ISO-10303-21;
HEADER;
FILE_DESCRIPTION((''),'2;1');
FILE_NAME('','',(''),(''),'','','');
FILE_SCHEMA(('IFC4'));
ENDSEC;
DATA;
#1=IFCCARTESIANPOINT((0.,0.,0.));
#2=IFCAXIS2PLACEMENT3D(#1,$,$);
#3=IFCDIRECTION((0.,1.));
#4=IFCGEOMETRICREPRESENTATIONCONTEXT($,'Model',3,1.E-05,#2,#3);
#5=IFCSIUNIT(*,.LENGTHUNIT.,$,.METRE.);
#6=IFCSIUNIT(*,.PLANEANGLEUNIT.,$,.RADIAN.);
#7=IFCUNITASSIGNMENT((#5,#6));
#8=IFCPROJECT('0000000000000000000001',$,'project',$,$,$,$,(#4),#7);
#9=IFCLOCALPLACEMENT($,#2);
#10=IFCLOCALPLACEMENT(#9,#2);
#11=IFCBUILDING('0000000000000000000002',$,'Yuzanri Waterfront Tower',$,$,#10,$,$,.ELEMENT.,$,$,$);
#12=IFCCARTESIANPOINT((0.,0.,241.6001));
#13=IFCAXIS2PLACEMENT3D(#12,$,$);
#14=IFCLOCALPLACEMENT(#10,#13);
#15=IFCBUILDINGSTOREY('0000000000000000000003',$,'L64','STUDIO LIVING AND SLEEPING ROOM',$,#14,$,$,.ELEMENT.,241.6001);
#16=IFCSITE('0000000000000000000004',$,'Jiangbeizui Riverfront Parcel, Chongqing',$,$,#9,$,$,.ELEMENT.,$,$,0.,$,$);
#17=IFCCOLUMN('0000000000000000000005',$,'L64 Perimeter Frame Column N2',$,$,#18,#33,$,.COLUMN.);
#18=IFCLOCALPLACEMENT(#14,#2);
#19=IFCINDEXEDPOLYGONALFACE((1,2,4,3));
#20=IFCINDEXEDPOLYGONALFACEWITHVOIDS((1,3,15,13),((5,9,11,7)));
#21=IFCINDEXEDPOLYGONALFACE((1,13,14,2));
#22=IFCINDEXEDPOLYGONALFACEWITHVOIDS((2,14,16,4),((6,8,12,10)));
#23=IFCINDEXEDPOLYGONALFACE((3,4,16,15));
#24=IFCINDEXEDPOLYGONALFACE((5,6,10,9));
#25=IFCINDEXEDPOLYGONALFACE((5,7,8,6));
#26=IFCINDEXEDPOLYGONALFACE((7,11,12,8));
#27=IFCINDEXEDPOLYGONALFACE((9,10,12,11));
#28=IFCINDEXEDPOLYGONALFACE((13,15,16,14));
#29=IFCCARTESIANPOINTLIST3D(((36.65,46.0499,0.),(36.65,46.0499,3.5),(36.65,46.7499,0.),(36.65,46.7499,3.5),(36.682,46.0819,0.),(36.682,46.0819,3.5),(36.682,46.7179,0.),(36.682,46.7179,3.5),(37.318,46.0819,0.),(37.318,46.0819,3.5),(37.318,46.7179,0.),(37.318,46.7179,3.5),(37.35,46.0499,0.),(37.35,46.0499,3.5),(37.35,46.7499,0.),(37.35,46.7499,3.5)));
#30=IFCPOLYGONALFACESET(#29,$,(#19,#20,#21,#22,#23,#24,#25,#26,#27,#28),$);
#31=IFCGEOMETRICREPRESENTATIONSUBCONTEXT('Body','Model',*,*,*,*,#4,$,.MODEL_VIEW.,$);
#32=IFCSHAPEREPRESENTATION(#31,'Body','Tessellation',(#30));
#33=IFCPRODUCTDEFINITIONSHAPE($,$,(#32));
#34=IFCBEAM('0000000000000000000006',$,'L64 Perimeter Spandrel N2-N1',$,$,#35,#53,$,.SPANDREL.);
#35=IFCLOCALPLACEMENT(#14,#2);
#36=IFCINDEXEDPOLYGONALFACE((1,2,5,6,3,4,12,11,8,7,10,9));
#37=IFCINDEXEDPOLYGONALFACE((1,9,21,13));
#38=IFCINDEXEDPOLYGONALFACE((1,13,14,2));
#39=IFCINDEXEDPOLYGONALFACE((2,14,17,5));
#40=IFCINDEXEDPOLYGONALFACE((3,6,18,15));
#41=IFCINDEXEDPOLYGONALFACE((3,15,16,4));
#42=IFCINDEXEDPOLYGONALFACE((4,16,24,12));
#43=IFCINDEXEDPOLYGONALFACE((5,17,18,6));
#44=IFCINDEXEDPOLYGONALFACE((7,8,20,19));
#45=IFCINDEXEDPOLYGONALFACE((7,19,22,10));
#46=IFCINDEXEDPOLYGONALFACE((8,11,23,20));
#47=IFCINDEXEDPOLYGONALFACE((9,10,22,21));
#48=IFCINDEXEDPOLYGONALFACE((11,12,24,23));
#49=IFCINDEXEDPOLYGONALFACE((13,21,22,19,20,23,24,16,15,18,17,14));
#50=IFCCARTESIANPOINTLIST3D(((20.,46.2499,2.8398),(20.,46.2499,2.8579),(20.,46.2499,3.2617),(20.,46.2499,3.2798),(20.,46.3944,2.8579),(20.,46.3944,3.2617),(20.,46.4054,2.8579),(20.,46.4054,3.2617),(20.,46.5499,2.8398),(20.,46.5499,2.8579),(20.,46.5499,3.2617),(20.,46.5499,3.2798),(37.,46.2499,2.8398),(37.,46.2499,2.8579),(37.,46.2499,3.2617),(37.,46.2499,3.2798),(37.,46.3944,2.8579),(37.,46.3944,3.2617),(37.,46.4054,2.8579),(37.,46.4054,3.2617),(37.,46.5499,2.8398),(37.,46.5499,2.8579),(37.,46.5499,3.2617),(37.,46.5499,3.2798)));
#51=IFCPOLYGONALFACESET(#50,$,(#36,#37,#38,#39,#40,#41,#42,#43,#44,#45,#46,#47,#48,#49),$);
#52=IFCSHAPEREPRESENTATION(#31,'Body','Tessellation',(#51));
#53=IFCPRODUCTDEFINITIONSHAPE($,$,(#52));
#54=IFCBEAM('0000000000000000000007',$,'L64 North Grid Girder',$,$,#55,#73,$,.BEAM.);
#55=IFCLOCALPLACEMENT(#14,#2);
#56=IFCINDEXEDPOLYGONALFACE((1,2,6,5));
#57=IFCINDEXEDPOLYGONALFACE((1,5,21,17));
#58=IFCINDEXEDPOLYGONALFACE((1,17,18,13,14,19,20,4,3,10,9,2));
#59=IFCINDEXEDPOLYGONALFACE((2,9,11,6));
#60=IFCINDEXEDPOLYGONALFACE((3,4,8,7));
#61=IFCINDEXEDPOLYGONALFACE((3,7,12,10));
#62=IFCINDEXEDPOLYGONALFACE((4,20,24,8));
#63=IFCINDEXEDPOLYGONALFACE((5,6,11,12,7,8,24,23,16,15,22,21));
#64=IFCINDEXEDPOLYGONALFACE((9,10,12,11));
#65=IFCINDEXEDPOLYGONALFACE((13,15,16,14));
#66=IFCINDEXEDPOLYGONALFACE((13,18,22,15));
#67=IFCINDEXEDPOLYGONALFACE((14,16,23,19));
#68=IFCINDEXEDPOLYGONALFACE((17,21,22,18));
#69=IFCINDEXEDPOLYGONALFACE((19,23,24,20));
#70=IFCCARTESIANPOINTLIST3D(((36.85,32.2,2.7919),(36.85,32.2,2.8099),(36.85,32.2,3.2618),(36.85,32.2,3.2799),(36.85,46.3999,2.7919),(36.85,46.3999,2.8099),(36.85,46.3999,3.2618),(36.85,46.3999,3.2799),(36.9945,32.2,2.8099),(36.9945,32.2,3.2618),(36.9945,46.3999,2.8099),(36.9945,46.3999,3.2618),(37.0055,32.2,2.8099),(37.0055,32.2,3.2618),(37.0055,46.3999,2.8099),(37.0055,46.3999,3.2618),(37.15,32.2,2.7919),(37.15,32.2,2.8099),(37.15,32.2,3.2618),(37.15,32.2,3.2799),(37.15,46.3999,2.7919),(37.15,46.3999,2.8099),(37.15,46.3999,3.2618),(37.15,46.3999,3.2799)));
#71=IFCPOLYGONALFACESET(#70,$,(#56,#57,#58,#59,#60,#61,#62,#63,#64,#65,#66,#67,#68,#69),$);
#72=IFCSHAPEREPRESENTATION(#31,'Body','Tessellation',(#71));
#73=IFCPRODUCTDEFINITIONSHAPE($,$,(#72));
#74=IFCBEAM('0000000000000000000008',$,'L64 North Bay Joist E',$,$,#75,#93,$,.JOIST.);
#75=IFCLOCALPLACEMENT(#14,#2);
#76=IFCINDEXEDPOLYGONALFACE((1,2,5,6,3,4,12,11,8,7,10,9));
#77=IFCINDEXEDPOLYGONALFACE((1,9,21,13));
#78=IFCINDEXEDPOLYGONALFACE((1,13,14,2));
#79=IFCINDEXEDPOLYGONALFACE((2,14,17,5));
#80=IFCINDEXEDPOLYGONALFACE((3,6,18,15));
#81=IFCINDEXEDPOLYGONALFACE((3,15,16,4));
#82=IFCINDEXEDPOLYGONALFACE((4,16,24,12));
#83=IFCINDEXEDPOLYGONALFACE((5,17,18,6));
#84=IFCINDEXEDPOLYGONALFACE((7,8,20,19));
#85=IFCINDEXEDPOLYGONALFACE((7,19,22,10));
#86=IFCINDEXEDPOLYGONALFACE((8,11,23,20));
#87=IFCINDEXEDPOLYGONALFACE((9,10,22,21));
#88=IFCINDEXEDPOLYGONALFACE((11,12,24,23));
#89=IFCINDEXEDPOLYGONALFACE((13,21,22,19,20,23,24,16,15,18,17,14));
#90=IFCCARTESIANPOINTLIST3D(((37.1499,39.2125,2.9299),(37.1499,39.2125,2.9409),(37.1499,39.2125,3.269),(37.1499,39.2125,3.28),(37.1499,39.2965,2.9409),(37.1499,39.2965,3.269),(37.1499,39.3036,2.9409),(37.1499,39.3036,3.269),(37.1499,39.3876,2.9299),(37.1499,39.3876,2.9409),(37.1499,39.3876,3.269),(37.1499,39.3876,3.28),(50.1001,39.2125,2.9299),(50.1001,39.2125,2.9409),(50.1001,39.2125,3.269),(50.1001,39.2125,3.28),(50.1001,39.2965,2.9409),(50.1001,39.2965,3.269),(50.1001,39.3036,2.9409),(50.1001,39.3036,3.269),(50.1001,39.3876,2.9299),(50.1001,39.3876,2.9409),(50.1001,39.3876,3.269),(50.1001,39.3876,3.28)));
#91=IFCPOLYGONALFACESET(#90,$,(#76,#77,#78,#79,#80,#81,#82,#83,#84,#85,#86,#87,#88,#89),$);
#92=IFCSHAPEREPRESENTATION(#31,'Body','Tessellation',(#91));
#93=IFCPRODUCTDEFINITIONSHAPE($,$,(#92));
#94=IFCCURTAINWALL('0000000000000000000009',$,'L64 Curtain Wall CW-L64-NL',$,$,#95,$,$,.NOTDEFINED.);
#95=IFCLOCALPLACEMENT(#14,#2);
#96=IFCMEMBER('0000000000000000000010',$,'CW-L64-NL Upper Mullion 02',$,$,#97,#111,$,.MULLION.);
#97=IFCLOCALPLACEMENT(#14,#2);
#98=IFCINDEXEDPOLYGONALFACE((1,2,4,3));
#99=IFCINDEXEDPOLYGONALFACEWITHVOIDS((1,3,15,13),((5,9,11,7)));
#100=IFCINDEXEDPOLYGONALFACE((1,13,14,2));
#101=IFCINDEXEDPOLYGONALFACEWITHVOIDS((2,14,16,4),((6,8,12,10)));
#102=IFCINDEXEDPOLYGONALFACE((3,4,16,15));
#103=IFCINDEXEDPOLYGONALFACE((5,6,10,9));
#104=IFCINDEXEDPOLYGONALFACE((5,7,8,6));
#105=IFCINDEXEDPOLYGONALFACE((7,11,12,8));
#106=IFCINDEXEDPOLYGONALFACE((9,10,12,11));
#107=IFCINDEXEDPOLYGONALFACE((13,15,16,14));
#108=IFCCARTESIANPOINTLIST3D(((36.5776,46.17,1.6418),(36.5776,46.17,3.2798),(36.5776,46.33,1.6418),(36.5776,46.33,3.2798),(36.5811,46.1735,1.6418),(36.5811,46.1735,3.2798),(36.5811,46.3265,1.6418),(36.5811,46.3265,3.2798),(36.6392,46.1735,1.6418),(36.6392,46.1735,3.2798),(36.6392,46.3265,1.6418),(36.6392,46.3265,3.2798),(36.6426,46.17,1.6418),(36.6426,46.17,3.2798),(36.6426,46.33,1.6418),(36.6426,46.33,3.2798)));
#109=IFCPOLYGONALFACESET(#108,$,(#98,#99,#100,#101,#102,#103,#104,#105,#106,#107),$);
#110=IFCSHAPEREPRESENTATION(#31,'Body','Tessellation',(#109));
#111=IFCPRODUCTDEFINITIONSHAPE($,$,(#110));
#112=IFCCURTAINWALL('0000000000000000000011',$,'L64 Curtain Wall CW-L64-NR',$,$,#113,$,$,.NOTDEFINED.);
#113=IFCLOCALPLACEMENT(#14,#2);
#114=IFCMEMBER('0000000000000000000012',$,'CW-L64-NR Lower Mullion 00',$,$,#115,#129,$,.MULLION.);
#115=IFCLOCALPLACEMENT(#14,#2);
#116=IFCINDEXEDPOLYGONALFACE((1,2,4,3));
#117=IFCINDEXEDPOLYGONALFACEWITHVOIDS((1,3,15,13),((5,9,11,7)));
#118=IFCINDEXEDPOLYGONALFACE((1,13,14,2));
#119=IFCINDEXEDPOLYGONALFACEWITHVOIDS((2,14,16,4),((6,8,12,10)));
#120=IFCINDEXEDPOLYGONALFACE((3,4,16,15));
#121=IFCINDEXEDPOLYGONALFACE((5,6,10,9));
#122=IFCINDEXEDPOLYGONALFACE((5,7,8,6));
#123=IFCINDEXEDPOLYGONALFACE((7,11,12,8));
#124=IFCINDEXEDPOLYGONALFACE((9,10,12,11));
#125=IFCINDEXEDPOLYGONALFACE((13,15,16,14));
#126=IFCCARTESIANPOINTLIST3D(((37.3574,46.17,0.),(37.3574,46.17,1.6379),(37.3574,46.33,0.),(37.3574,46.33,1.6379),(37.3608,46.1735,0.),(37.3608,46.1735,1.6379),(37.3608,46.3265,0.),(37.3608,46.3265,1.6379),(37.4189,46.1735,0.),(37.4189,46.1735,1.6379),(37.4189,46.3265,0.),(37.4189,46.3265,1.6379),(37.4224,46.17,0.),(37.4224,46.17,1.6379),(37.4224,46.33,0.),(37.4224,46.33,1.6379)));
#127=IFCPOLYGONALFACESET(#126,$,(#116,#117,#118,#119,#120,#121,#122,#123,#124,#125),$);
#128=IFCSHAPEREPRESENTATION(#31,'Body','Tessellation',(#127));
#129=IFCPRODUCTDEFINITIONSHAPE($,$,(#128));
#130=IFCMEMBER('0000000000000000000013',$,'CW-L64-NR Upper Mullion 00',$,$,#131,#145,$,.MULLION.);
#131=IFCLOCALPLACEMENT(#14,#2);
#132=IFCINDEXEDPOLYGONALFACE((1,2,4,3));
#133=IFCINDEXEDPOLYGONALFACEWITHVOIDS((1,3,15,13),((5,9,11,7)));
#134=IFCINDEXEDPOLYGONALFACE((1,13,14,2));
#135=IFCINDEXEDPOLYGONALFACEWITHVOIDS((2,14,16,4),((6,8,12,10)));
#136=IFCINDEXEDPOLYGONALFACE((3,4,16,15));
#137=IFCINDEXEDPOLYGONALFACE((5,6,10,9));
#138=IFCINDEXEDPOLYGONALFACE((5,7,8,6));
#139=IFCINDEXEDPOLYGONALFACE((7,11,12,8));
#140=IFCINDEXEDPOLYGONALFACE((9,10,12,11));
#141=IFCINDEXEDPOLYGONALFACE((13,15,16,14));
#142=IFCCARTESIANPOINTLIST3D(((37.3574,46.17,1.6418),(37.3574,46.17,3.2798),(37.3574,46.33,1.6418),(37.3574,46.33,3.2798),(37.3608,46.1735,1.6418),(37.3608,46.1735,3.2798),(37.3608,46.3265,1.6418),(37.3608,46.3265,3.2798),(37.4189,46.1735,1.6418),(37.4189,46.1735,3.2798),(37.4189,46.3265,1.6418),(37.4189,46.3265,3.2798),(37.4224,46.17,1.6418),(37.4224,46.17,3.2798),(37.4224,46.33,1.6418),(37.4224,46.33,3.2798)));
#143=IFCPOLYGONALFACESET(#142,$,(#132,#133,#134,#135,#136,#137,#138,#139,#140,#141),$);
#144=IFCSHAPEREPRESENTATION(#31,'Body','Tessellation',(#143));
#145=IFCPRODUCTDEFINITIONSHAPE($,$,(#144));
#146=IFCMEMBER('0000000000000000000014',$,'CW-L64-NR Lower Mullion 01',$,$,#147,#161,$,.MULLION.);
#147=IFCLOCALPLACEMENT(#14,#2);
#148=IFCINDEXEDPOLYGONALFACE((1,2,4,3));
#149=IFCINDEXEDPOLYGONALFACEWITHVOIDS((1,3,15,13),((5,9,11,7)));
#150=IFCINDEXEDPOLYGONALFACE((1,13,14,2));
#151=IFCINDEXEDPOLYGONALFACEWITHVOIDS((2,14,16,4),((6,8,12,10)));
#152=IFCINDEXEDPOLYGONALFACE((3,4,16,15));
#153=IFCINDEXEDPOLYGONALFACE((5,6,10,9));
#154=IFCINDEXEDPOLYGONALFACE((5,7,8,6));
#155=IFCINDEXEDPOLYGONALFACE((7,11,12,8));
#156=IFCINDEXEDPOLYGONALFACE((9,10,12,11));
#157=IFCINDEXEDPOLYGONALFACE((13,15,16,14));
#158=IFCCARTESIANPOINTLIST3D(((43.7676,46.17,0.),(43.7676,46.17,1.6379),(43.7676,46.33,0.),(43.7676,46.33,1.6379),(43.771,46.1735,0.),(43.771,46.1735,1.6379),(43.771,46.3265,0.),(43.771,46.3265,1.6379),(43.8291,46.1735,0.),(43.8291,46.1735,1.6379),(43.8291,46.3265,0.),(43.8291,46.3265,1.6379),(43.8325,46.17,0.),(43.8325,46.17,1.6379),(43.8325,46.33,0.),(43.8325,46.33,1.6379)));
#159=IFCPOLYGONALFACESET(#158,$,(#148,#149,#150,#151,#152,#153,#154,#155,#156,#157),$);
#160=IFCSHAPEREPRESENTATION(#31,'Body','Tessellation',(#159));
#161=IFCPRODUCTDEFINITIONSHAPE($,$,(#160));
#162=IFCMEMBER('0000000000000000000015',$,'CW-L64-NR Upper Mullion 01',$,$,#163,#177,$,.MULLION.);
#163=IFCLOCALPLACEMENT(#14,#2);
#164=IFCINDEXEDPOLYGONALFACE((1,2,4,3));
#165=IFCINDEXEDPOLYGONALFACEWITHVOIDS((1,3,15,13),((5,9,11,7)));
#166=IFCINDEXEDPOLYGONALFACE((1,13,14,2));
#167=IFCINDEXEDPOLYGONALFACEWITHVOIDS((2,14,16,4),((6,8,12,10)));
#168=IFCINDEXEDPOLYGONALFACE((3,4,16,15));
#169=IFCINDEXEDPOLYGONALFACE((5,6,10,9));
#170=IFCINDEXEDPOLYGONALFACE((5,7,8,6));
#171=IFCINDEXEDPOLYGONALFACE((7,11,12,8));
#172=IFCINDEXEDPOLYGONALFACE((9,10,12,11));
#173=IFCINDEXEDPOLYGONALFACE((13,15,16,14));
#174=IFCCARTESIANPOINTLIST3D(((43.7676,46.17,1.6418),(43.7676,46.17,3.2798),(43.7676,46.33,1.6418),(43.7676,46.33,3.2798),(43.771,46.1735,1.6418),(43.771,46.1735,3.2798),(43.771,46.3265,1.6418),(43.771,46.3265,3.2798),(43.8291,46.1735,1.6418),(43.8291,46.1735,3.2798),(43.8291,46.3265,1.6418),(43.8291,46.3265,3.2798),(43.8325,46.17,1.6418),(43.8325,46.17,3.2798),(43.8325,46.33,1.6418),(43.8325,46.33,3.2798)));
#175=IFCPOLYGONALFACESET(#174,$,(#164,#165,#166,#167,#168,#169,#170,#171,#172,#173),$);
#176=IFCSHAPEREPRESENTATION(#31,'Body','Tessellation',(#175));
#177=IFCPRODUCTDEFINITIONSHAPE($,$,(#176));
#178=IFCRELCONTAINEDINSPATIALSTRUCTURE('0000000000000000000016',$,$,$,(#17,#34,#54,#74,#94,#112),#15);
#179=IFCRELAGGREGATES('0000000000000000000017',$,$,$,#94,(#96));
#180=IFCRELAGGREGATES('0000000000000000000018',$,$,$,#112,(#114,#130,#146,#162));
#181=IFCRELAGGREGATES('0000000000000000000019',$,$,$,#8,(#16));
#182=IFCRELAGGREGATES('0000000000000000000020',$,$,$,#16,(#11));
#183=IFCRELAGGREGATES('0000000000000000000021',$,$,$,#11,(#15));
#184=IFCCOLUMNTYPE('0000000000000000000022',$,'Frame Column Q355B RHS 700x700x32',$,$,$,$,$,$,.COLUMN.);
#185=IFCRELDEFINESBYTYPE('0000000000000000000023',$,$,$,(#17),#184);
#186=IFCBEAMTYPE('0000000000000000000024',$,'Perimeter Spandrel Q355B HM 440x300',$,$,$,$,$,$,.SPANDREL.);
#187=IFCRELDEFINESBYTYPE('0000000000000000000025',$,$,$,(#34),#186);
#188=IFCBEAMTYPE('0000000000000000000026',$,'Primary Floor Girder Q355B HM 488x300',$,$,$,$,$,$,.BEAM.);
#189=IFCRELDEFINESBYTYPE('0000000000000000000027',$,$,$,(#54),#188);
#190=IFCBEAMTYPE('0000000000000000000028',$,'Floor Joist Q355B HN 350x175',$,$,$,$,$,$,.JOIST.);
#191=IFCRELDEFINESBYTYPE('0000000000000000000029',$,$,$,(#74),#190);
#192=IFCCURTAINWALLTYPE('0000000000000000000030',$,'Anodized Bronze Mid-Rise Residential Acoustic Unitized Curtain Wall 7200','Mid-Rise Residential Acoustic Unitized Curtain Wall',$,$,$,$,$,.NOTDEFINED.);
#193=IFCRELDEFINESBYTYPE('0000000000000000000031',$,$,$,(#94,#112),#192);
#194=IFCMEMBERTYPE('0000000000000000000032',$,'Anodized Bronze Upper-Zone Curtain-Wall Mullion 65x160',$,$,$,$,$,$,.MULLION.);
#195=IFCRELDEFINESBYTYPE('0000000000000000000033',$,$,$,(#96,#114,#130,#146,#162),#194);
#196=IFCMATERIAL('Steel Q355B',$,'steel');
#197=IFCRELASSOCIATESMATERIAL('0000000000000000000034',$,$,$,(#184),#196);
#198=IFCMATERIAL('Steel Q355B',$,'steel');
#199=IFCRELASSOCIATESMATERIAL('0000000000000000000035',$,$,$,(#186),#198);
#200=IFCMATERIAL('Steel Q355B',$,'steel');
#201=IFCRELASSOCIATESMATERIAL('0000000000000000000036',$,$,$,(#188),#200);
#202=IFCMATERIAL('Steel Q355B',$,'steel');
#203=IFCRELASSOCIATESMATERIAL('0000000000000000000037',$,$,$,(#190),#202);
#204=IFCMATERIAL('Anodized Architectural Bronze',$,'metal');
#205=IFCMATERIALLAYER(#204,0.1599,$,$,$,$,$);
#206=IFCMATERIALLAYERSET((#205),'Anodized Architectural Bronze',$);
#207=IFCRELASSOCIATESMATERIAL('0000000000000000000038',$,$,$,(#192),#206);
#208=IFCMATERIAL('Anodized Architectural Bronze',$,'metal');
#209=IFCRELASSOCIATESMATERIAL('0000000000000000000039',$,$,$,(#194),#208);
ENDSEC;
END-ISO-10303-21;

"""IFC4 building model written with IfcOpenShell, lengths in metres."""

from ifc_helpers import new_model, si_unit, direction, frame, origin, origin_2d, place, context, subcontext, project, spatial, hollow_rectangle, i_section, extrude, source, transform, mapped, material, layer, layer_set, material_profile, profile_set, type_object, element, aggregate, save


model = new_model("IFC4")

# Units and contexts
model_context = context("Model", 3, precision=1e-05, world=origin(), true_north=direction((0.0, 1.0)))
body_context = subcontext(model_context, "Body", "Model", "MODEL_VIEW")
ifc_project = project(units=[si_unit("LENGTHUNIT", "METRE"), si_unit("PLANEANGLEUNIT", "RADIAN")], contexts=[model_context])

# Site, building, storey
site_placement = place(None, origin())
site = spatial("IfcSite", under=ifc_project, at=site_placement, Name="Jiangbeizui Riverfront Parcel, Chongqing", CompositionType="ELEMENT", RefElevation=0.0)
building_placement = place(site_placement, origin())
building = spatial("IfcBuilding", under=site, at=building_placement, Name="Yuzanri Waterfront Tower", CompositionType="ELEMENT")
storey_placement = place(building_placement, frame((0.0, 0.0, 241.6001)))
storey = spatial("IfcBuildingStorey", under=building, at=storey_placement, Name="L64", Description="STUDIO LIVING AND SLEEPING ROOM", CompositionType="ELEMENT", Elevation=241.6001)

# Column
ifc_material_1 = material(Name="Steel Q355B", Category="steel")
ifc_material_profile_1 = material_profile(ifc_material_1, hollow_rectangle(XDim=0.7, YDim=0.7, WallThickness=0.032, at=origin_2d()), Name="RHS 700x700x32")
ifc_profile_set_1 = profile_set([ifc_material_profile_1], Name="Steel Q355B")
column_type = type_object("IfcColumnType", Name="Frame Column Q355B RHS 700x700x32", PredefinedType="COLUMN", material=ifc_profile_set_1)
shared_shape_1 = source(origin(), body_context, "Body", "SweptSolid", [
    extrude(hollow_rectangle(XDim=0.7, YDim=0.7, WallThickness=0.032, at=origin_2d()), origin(), (0.0, 0.0, 1.0), 3.5),
])
column_placement = place(storey_placement, frame((37.0, 46.3999, 0.0), z_axis=(0.0, 0.0, 1.0), x_axis=(1.0, 0.0, 0.0)))
element("IfcColumn", 1, at=column_placement, inside=storey, type_object=column_type, Name="L64 Perimeter Frame Column N2", PredefinedType="COLUMN", context=body_context, shape_type="MappedRepresentation", body=[
    mapped(shared_shape_1, transform((0.0, 0.0, 0.0), scale=1.0)),
])

# Beams
ifc_material_2 = material(Name="Steel Q355B", Category="steel")
ifc_material_profile_2 = material_profile(ifc_material_2, i_section(OverallWidth=0.3, OverallDepth=0.4399, WebThickness=0.011, FlangeThickness=0.0181, at=origin_2d()), Name="HM 440x300x11x18")
ifc_profile_set_2 = profile_set([ifc_material_profile_2], Name="Steel Q355B")
beam_type_1 = type_object("IfcBeamType", Name="Perimeter Spandrel Q355B HM 440x300", PredefinedType="SPANDREL", material=ifc_profile_set_2)
shared_shape_2 = source(origin(), body_context, "Body", "SweptSolid", [
    extrude(i_section(OverallWidth=0.3, OverallDepth=0.4399, WebThickness=0.011, FlangeThickness=0.0181, at=origin_2d()), origin(), (0.0, 0.0, 1.0), 17.0),
])
beam_1_placement = place(storey_placement, frame((37.0, 46.3999, 3.0598), z_axis=(-1.0, 0.0, 0.0), x_axis=(0.0, -1.0, 0.0)))
element("IfcBeam", 2, at=beam_1_placement, inside=storey, type_object=beam_type_1, Name="L64 Perimeter Spandrel N2-N1", PredefinedType="SPANDREL", context=body_context, shape_type="MappedRepresentation", body=[
    mapped(shared_shape_2, transform((0.0, 0.0, 0.0), scale=1.0)),
])
ifc_material_3 = material(Name="Steel Q355B", Category="steel")
ifc_material_profile_3 = material_profile(ifc_material_3, i_section(OverallWidth=0.3, OverallDepth=0.488, WebThickness=0.011, FlangeThickness=0.0181, at=origin_2d()), Name="HM 488x300x11x18")
ifc_profile_set_3 = profile_set([ifc_material_profile_3], Name="Steel Q355B")
beam_type_2 = type_object("IfcBeamType", Name="Primary Floor Girder Q355B HM 488x300", PredefinedType="BEAM", material=ifc_profile_set_3)
shared_shape_3 = source(origin(), body_context, "Body", "SweptSolid", [
    extrude(i_section(OverallWidth=0.3, OverallDepth=0.488, WebThickness=0.011, FlangeThickness=0.0181, at=origin_2d()), origin(), (0.0, 0.0, 1.0), 14.2),
])
beam_2_placement = place(storey_placement, frame((37.0, 32.2, 3.0359), z_axis=(0.0, 1.0, 0.0), x_axis=(-1.0, 0.0, 0.0)))
element("IfcBeam", 3, at=beam_2_placement, inside=storey, type_object=beam_type_2, Name="L64 North Grid Girder", PredefinedType="BEAM", context=body_context, shape_type="MappedRepresentation", body=[
    mapped(shared_shape_3, transform((0.0, 0.0, 0.0), scale=1.0)),
])
ifc_material_4 = material(Name="Steel Q355B", Category="steel")
ifc_material_profile_4 = material_profile(ifc_material_4, i_section(OverallWidth=0.175, OverallDepth=0.3501, WebThickness=0.0071, FlangeThickness=0.011, at=origin_2d()), Name="HN 350x175x7x11")
ifc_profile_set_4 = profile_set([ifc_material_profile_4], Name="Steel Q355B")
beam_type_3 = type_object("IfcBeamType", Name="Floor Joist Q355B HN 350x175", PredefinedType="JOIST", material=ifc_profile_set_4)
shared_shape_4 = source(origin(), body_context, "Body", "SweptSolid", [
    extrude(i_section(OverallWidth=0.175, OverallDepth=0.3501, WebThickness=0.0071, FlangeThickness=0.011, at=origin_2d()), origin(), (0.0, 0.0, 1.0), 12.9502),
])
beam_3_placement = place(storey_placement, frame((37.1499, 39.3, 3.105), z_axis=(1.0, 0.0, 0.0), x_axis=(0.0, 1.0, 0.0)))
element("IfcBeam", 4, at=beam_3_placement, inside=storey, type_object=beam_type_3, Name="L64 North Bay Joist E", PredefinedType="JOIST", context=body_context, shape_type="MappedRepresentation", body=[
    mapped(shared_shape_4, transform((0.0, 0.0, 0.0), scale=1.0)),
])

# Curtain wall, member
ifc_material_5 = material(Name="Anodized Architectural Bronze", Category="metal")
ifc_layer_1 = layer(ifc_material_5, 0.1599)
ifc_layer_set_1 = layer_set([ifc_layer_1], Name="Anodized Architectural Bronze")
curtain_wall_type = type_object("IfcCurtainWallType", Name="Anodized Bronze Mid-Rise Residential Acoustic Unitized Curtain Wall 7200", Description="Mid-Rise Residential Acoustic Unitized Curtain Wall", PredefinedType="NOTDEFINED", material=ifc_layer_set_1)
curtain_wall_1_placement = place(storey_placement, origin())
curtain_wall_1 = element("IfcCurtainWall", 5, at=curtain_wall_1_placement, inside=storey, type_object=curtain_wall_type, Name="L64 Curtain Wall CW-L64-NL", PredefinedType="NOTDEFINED")
ifc_material_6 = material(Name="Anodized Architectural Bronze", Category="metal")
ifc_material_profile_5 = material_profile(ifc_material_6, hollow_rectangle(XDim=0.0649, YDim=0.1599, WallThickness=0.0034, at=origin_2d()), Name="CWM 65x160")
ifc_profile_set_5 = profile_set([ifc_material_profile_5], Name="Anodized Architectural Bronze")
member_type_1 = type_object("IfcMemberType", Name="Anodized Bronze Upper-Zone Curtain-Wall Mullion 65x160", PredefinedType="MULLION", material=ifc_profile_set_5)
shared_shape_5 = source(origin(), body_context, "Body", "SweptSolid", [
    extrude(hollow_rectangle(XDim=0.0649, YDim=0.1599, WallThickness=0.0034, at=origin_2d()), origin(), (0.0, 0.0, 1.0), 1.6379),
])
member_1_placement = place(storey_placement, frame((36.6101, 46.25, 1.6418), z_axis=(0.0, 0.0, 1.0), x_axis=(1.0, 0.0, 0.0)))
member_1 = element("IfcMember", 6, at=member_1_placement, type_object=member_type_1, Name="CW-L64-NL Upper Mullion 02", PredefinedType="MULLION", context=body_context, shape_type="MappedRepresentation", body=[
    mapped(shared_shape_5, transform((0.0, 0.0, 0.0), scale=1.0)),
])
aggregate(curtain_wall_1, [member_1])

# Curtain wall, members
curtain_wall_2_placement = place(storey_placement, origin())
curtain_wall_2 = element("IfcCurtainWall", 7, at=curtain_wall_2_placement, inside=storey, type_object=curtain_wall_type, Name="L64 Curtain Wall CW-L64-NR", PredefinedType="NOTDEFINED")
member_2_placement = place(storey_placement, frame((37.3899, 46.25, 0.0), z_axis=(0.0, 0.0, 1.0), x_axis=(1.0, 0.0, 0.0)))
member_2 = element("IfcMember", 8, at=member_2_placement, type_object=member_type_1, Name="CW-L64-NR Lower Mullion 00", PredefinedType="MULLION", context=body_context, shape_type="MappedRepresentation", body=[
    mapped(shared_shape_5, transform((0.0, 0.0, 0.0), scale=1.0)),
])
member_3_placement = place(storey_placement, frame((37.3899, 46.25, 1.6418), z_axis=(0.0, 0.0, 1.0), x_axis=(1.0, 0.0, 0.0)))
member_3 = element("IfcMember", 9, at=member_3_placement, type_object=member_type_1, Name="CW-L64-NR Upper Mullion 00", PredefinedType="MULLION", context=body_context, shape_type="MappedRepresentation", body=[
    mapped(shared_shape_5, transform((0.0, 0.0, 0.0), scale=1.0)),
])
member_4_placement = place(storey_placement, frame((43.8, 46.25, 0.0), z_axis=(0.0, 0.0, 1.0), x_axis=(1.0, 0.0, 0.0)))
member_4 = element("IfcMember", 10, at=member_4_placement, type_object=member_type_1, Name="CW-L64-NR Lower Mullion 01", PredefinedType="MULLION", context=body_context, shape_type="MappedRepresentation", body=[
    mapped(shared_shape_5, transform((0.0, 0.0, 0.0), scale=1.0)),
])
member_5_placement = place(storey_placement, frame((43.8, 46.25, 1.6418), z_axis=(0.0, 0.0, 1.0), x_axis=(1.0, 0.0, 0.0)))
member_5 = element("IfcMember", 11, at=member_5_placement, type_object=member_type_1, Name="CW-L64-NR Upper Mullion 01", PredefinedType="MULLION", context=body_context, shape_type="MappedRepresentation", body=[
    mapped(shared_shape_5, transform((0.0, 0.0, 0.0), scale=1.0)),
])
aggregate(curtain_wall_2, [member_2, member_3, member_4, member_5])

save(model, "model.ifc")
